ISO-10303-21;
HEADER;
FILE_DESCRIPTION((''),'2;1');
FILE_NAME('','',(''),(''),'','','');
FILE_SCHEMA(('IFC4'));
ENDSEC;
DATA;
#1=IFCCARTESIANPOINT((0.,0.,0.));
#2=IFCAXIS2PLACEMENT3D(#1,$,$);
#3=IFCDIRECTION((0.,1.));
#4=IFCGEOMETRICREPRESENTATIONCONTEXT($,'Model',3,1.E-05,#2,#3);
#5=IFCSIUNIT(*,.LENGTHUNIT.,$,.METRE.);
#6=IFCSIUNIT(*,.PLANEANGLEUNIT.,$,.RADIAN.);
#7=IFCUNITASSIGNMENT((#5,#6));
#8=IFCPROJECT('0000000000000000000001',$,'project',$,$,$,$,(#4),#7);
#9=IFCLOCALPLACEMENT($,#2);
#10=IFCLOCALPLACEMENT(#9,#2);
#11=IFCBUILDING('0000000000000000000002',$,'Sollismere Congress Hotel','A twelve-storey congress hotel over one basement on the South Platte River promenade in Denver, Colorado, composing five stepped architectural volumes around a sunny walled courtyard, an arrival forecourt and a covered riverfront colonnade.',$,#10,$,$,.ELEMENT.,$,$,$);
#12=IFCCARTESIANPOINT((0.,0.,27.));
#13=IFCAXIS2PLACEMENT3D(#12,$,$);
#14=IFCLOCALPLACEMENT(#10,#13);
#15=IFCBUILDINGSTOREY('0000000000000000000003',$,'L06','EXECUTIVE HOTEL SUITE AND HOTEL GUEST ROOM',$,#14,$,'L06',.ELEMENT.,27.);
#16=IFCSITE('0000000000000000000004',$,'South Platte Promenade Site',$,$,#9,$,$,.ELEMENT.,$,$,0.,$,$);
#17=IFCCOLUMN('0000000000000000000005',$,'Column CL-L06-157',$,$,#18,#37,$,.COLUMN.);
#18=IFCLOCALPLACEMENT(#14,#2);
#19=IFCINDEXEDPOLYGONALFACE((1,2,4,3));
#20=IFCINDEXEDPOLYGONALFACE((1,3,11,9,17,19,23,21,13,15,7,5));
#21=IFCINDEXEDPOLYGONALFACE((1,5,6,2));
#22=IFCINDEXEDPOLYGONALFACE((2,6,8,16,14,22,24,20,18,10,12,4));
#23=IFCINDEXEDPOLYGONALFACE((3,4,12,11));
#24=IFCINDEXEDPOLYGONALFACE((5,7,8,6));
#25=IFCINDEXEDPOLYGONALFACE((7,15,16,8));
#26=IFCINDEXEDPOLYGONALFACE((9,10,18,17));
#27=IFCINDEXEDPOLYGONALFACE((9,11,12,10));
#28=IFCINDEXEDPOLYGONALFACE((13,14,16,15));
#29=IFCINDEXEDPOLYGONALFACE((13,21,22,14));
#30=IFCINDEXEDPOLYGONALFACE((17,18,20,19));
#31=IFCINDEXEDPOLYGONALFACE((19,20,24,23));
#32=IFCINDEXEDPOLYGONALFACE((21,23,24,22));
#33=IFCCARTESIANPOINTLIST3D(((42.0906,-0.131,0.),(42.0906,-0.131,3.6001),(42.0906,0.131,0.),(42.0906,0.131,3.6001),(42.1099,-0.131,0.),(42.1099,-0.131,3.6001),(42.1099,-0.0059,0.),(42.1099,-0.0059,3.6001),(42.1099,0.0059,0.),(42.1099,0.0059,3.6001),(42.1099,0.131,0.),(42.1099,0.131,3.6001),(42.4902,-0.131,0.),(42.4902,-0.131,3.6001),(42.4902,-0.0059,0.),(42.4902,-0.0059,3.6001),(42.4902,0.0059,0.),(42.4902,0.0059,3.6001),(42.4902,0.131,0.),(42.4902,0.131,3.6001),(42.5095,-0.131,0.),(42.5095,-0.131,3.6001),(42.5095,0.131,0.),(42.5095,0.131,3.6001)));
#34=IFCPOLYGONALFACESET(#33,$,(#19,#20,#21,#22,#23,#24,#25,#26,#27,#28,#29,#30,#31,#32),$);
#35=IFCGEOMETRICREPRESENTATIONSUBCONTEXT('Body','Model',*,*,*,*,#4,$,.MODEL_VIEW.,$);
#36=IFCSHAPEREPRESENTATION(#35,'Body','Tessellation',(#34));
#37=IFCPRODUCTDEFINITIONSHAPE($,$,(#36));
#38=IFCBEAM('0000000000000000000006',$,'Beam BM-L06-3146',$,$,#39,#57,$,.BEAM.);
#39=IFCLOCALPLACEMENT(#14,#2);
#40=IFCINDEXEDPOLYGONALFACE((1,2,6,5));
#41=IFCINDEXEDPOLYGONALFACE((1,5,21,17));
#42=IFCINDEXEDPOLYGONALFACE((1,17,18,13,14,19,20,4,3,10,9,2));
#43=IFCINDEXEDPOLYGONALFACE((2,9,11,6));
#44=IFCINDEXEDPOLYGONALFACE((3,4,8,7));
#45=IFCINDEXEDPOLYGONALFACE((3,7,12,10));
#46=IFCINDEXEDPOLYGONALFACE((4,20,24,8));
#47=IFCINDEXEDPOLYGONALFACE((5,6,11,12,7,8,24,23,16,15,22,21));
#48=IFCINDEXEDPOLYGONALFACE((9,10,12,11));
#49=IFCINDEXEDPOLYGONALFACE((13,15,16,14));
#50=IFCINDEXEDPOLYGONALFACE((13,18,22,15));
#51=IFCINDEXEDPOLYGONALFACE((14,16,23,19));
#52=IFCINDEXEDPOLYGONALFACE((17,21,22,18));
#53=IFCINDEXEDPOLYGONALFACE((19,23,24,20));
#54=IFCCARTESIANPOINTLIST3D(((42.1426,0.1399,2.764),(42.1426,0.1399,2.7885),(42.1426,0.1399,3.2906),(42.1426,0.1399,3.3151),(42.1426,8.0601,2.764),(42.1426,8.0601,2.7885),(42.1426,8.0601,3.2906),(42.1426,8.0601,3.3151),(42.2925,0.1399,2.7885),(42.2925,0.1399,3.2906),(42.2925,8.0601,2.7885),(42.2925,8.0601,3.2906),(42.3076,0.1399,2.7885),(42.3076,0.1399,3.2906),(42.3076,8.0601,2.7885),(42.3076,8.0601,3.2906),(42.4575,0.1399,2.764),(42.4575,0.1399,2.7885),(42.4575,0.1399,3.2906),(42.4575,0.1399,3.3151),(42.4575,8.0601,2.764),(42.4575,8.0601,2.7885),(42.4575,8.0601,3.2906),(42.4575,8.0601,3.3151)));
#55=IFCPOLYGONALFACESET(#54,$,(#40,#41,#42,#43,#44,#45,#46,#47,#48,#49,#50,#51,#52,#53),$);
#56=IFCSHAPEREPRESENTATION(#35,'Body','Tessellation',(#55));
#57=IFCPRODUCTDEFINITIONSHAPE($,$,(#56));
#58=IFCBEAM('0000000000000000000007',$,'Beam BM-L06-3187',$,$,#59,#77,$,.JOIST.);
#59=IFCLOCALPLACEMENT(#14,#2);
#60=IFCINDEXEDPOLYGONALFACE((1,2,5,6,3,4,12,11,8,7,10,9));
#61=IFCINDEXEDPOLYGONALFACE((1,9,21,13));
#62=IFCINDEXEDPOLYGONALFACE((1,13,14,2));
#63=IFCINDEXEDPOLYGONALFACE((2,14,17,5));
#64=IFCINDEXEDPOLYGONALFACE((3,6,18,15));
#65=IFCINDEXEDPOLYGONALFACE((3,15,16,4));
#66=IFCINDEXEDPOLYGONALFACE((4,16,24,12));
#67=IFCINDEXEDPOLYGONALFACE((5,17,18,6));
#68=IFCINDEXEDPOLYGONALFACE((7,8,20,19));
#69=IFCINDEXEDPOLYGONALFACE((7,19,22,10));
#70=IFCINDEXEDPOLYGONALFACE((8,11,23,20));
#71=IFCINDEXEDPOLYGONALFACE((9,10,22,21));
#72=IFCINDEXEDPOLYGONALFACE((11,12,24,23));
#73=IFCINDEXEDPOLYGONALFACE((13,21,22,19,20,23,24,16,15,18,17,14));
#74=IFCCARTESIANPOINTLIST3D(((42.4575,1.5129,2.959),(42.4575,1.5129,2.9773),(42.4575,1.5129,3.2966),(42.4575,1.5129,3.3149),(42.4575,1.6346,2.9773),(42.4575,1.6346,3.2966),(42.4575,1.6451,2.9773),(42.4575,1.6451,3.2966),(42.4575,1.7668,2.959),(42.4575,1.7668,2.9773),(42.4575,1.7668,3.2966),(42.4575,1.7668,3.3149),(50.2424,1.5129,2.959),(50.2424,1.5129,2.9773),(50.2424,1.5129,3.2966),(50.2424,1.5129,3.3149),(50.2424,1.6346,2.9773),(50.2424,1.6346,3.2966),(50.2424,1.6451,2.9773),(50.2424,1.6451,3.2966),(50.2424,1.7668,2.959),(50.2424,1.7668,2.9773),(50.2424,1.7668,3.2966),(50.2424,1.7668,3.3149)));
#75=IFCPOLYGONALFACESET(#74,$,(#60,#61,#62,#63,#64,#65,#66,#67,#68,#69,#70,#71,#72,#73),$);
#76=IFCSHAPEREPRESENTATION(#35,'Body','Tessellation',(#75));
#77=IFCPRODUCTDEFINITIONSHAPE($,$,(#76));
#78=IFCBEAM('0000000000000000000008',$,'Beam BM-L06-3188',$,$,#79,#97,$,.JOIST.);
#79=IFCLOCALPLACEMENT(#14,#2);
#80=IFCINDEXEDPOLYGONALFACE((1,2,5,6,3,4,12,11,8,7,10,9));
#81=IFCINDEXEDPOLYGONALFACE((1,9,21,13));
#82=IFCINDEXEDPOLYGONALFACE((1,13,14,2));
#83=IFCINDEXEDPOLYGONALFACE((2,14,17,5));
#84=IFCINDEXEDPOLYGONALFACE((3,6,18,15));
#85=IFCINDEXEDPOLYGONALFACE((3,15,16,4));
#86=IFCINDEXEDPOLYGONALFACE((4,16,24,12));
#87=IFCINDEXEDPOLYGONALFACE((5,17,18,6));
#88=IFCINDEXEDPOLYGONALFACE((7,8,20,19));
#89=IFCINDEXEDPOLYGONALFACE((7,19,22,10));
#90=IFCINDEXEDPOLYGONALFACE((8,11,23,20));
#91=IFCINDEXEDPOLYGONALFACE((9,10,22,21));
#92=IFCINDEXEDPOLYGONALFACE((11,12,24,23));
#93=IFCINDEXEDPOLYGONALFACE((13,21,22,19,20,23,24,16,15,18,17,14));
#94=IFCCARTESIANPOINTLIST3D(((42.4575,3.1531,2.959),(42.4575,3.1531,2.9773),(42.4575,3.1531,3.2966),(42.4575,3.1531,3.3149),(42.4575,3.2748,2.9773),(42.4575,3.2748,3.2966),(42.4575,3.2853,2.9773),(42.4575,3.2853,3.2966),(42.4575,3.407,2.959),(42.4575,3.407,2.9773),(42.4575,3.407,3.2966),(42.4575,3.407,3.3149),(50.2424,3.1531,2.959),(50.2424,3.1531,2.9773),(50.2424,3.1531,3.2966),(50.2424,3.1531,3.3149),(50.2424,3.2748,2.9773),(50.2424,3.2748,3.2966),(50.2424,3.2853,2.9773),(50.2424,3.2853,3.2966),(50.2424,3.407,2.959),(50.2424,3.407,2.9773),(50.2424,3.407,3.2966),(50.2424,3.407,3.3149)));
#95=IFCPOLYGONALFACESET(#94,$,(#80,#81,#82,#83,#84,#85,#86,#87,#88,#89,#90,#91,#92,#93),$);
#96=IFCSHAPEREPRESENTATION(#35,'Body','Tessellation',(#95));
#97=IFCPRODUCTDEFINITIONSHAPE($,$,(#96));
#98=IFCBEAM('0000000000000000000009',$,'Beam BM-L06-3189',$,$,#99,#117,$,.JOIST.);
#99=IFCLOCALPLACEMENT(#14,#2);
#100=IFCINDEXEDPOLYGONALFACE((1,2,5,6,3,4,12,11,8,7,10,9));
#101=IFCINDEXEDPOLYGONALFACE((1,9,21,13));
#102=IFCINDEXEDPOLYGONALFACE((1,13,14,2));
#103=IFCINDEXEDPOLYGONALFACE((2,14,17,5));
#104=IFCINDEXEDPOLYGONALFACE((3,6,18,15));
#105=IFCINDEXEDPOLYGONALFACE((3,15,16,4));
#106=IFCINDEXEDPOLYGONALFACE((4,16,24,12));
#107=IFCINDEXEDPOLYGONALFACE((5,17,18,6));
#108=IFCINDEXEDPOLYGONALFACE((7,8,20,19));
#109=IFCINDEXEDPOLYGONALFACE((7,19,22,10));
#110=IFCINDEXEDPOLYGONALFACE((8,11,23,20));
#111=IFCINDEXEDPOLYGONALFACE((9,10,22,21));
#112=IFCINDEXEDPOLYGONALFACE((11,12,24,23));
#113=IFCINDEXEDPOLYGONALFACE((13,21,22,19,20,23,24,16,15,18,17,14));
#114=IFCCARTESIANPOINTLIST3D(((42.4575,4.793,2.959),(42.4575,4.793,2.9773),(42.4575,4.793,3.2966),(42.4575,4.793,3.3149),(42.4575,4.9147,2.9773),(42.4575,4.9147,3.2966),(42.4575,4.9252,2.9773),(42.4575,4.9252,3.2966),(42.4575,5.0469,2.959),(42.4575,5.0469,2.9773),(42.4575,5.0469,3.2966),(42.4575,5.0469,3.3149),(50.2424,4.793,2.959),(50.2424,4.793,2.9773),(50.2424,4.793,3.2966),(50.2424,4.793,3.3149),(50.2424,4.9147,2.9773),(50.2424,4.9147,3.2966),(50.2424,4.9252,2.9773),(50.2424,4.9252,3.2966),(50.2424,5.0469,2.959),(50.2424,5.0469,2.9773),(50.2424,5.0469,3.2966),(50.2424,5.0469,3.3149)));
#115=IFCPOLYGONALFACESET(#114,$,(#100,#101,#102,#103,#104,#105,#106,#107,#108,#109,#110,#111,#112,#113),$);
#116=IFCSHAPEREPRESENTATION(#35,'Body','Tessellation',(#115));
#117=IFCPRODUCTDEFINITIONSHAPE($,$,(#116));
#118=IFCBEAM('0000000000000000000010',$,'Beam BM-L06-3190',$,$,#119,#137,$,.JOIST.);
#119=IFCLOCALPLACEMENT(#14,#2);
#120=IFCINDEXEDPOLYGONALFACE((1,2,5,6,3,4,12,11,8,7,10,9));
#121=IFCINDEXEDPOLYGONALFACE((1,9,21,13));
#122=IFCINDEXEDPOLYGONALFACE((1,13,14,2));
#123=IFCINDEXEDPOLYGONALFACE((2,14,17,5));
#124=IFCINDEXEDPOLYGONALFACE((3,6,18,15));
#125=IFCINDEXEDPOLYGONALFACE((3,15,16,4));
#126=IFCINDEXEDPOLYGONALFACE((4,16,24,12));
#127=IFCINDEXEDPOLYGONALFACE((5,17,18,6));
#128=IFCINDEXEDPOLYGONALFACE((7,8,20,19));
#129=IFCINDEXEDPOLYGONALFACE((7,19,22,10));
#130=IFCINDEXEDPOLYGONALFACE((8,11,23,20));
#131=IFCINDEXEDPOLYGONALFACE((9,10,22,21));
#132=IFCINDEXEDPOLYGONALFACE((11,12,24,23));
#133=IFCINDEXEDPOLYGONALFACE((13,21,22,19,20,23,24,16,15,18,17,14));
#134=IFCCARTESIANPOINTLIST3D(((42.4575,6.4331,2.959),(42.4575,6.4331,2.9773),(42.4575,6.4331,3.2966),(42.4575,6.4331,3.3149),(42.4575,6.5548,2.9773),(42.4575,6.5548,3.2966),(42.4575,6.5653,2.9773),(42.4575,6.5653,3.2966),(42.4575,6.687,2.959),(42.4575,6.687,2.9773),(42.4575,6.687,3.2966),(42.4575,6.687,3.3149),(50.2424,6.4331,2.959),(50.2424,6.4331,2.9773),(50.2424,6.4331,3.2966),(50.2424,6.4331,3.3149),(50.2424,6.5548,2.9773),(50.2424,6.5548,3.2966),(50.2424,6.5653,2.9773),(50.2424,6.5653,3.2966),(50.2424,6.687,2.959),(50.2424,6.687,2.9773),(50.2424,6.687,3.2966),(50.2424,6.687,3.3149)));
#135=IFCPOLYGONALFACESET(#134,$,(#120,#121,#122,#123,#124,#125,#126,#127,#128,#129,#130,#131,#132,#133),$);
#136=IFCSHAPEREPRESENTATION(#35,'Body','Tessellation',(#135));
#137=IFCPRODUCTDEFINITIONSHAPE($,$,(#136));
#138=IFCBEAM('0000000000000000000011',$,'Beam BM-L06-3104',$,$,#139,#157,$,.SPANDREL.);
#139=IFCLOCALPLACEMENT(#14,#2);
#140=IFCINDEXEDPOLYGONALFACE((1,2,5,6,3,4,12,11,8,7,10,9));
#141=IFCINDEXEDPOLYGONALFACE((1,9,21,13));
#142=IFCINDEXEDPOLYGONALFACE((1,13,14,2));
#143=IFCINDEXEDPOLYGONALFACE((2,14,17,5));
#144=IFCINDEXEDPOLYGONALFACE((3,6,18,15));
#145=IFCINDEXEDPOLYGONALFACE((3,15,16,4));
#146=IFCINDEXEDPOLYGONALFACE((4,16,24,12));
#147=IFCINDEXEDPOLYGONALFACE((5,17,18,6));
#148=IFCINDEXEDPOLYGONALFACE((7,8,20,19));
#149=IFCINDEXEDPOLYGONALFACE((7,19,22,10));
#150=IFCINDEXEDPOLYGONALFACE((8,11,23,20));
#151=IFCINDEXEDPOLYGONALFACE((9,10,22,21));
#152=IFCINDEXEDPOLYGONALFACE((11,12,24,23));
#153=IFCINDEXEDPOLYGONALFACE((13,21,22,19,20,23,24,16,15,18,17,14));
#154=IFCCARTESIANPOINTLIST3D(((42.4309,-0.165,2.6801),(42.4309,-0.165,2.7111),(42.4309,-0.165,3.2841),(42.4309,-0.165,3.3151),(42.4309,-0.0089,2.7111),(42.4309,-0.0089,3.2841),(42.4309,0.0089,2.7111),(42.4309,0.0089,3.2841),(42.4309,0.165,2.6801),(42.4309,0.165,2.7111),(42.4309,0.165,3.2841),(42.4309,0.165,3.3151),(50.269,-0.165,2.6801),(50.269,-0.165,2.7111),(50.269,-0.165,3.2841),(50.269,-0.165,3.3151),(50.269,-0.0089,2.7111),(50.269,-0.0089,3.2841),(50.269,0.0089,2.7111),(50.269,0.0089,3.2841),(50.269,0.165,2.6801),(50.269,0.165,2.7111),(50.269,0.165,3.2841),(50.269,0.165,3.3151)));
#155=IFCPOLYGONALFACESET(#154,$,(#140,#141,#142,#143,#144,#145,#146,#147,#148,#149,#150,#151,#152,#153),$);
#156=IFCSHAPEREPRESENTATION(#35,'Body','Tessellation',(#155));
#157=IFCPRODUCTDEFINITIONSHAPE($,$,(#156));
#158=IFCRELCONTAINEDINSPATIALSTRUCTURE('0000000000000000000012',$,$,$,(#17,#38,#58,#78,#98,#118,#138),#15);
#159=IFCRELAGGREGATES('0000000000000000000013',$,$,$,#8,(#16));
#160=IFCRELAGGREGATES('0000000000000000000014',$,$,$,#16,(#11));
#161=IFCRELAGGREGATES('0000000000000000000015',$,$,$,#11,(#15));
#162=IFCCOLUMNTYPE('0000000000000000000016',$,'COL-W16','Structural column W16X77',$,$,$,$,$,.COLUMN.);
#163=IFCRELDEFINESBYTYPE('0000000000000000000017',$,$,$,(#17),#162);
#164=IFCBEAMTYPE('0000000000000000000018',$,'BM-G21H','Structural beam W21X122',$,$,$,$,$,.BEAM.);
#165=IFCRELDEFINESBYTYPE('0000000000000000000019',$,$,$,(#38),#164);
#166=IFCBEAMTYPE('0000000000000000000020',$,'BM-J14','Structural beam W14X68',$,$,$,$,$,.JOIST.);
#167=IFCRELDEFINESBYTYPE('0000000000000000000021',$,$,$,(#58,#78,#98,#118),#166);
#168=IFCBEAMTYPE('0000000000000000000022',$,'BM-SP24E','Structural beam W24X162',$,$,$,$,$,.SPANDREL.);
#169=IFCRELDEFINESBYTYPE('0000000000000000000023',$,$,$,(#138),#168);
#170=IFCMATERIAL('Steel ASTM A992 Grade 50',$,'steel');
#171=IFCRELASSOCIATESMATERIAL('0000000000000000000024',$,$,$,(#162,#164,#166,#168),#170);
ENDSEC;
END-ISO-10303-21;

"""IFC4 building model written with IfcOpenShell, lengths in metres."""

from ifc_helpers import new_model, si_unit, direction, frame, origin, origin_2d, place, context, subcontext, project, spatial, i_section, extrude, material, material_profile, profile_set, type_object, element, save


model = new_model("IFC4")

# Units and contexts
model_context = context("Model", 3, precision=1e-05, world=origin(), true_north=direction((0.0, 1.0)))
body_context = subcontext(model_context, "Body", "Model", "MODEL_VIEW")
ifc_project = project(units=[si_unit("LENGTHUNIT", "METRE"), si_unit("PLANEANGLEUNIT", "RADIAN")], contexts=[model_context])

# Site, building, storey
site_placement = place(None, origin())
site = spatial("IfcSite", under=ifc_project, at=site_placement, Name="South Platte Promenade Site", CompositionType="ELEMENT", RefElevation=0.0)
building_placement = place(site_placement, origin())
building = spatial("IfcBuilding", under=site, at=building_placement, Name="Sollismere Congress Hotel", Description="A twelve-storey congress hotel over one basement on the South Platte River promenade in Denver, Colorado, composing five stepped architectural volumes around a sunny walled courtyard, an arrival forecourt and a covered riverfront colonnade.", CompositionType="ELEMENT")
storey_placement = place(building_placement, frame((0.0, 0.0, 27.0)))
storey = spatial("IfcBuildingStorey", under=building, at=storey_placement, Name="L06", Description="EXECUTIVE HOTEL SUITE AND HOTEL GUEST ROOM", LongName="L06", CompositionType="ELEMENT", Elevation=27.0)

# Column
ifc_material_1 = material(Name="Steel ASTM A992 Grade 50", Category="steel")
ifc_material_profile_1 = material_profile(ifc_material_1, i_section(OverallWidth=0.262, OverallDepth=0.4189, WebThickness=0.0117, FlangeThickness=0.0193, at=origin_2d()), Name="W16X77")
ifc_profile_set_1 = profile_set([ifc_material_profile_1], Name="Steel ASTM A992 Grade 50")
column_type = type_object("IfcColumnType", Name="COL-W16", Description="Structural column W16X77", PredefinedType="COLUMN", material=ifc_profile_set_1)
column_placement = place(storey_placement, frame((42.3, 0.0, 0.0), z_axis=(0.0, 0.0, 1.0), x_axis=(0.0, 1.0, 0.0)))
element("IfcColumn", 1, at=column_placement, inside=storey, type_object=column_type, Name="Column CL-L06-157", PredefinedType="COLUMN", context=body_context, shape_type="SweptSolid", body=[
    extrude(i_section(OverallWidth=0.262, OverallDepth=0.4189, WebThickness=0.0117, FlangeThickness=0.0193, at=origin_2d()), origin(), (0.0, 0.0, 1.0), 3.6001),
])

# Beams
ifc_material_profile_2 = material_profile(ifc_material_1, i_section(OverallWidth=0.3149, OverallDepth=0.551, WebThickness=0.0151, FlangeThickness=0.0244, at=origin_2d()), Name="W21X122")
ifc_profile_set_2 = profile_set([ifc_material_profile_2], Name="Steel ASTM A992 Grade 50")
beam_type_1 = type_object("IfcBeamType", Name="BM-G21H", Description="Structural beam W21X122", PredefinedType="BEAM", material=ifc_profile_set_2)
beam_1_placement = place(storey_placement, frame((42.3, 0.1399, 3.0396), z_axis=(0.0, 1.0, 0.0), x_axis=(-1.0, 0.0, 0.0)))
element("IfcBeam", 2, at=beam_1_placement, inside=storey, type_object=beam_type_1, Name="Beam BM-L06-3146", PredefinedType="BEAM", context=body_context, shape_type="SweptSolid", body=[
    extrude(i_section(OverallWidth=0.3149, OverallDepth=0.551, WebThickness=0.0151, FlangeThickness=0.0244, at=origin_2d()), origin(), (0.0, 0.0, 1.0), 7.9202),
])
ifc_material_profile_3 = material_profile(ifc_material_1, i_section(OverallWidth=0.2539, OverallDepth=0.356, WebThickness=0.0105, FlangeThickness=0.0183, at=origin_2d()), Name="W14X68")
ifc_profile_set_3 = profile_set([ifc_material_profile_3], Name="Steel ASTM A992 Grade 50")
beam_type_2 = type_object("IfcBeamType", Name="BM-J14", Description="Structural beam W14X68", PredefinedType="JOIST", material=ifc_profile_set_3)
for number, where, z_axis, x_axis, name in (
    (3, (42.4575, 1.6399, 3.137), (1.0, 0.0, 0.0), (0.0, 1.0, 0.0), "Beam BM-L06-3187"),
    (4, (42.4575, 3.28, 3.137), (1.0, 0.0, 0.0), (0.0, 1.0, 0.0), "Beam BM-L06-3188"),
    (5, (42.4575, 4.9199, 3.137), (1.0, 0.0, 0.0), (0.0, 1.0, 0.0), "Beam BM-L06-3189"),
    (6, (42.4575, 6.5601, 3.137), (1.0, 0.0, 0.0), (0.0, 1.0, 0.0), "Beam BM-L06-3190"),
):
    element("IfcBeam", number, at=place(storey_placement, frame(where, z_axis=z_axis, x_axis=x_axis)), inside=storey, type_object=beam_type_2, Name=name, PredefinedType="JOIST", context=body_context, shape_type="SweptSolid", body=[
        extrude(i_section(OverallWidth=0.2539, OverallDepth=0.356, WebThickness=0.0105, FlangeThickness=0.0183, at=origin_2d()), origin(), (0.0, 0.0, 1.0), 7.7849),
    ])
ifc_material_profile_4 = material_profile(ifc_material_1, i_section(OverallWidth=0.3301, OverallDepth=0.635, WebThickness=0.0178, FlangeThickness=0.031, at=origin_2d()), Name="W24X162")
ifc_profile_set_4 = profile_set([ifc_material_profile_4], Name="Steel ASTM A992 Grade 50")
beam_type_3 = type_object("IfcBeamType", Name="BM-SP24E", Description="Structural beam W24X162", PredefinedType="SPANDREL", material=ifc_profile_set_4)
beam_2_placement = place(storey_placement, frame((42.4309, 0.0, 2.9976), z_axis=(1.0, 0.0, 0.0), x_axis=(0.0, 1.0, 0.0)))
element("IfcBeam", 7, at=beam_2_placement, inside=storey, type_object=beam_type_3, Name="Beam BM-L06-3104", PredefinedType="SPANDREL", context=body_context, shape_type="SweptSolid", body=[
    extrude(i_section(OverallWidth=0.3301, OverallDepth=0.635, WebThickness=0.0178, FlangeThickness=0.031, at=origin_2d()), origin(), (0.0, 0.0, 1.0), 7.8381),
])

save(model, "model.ifc")
